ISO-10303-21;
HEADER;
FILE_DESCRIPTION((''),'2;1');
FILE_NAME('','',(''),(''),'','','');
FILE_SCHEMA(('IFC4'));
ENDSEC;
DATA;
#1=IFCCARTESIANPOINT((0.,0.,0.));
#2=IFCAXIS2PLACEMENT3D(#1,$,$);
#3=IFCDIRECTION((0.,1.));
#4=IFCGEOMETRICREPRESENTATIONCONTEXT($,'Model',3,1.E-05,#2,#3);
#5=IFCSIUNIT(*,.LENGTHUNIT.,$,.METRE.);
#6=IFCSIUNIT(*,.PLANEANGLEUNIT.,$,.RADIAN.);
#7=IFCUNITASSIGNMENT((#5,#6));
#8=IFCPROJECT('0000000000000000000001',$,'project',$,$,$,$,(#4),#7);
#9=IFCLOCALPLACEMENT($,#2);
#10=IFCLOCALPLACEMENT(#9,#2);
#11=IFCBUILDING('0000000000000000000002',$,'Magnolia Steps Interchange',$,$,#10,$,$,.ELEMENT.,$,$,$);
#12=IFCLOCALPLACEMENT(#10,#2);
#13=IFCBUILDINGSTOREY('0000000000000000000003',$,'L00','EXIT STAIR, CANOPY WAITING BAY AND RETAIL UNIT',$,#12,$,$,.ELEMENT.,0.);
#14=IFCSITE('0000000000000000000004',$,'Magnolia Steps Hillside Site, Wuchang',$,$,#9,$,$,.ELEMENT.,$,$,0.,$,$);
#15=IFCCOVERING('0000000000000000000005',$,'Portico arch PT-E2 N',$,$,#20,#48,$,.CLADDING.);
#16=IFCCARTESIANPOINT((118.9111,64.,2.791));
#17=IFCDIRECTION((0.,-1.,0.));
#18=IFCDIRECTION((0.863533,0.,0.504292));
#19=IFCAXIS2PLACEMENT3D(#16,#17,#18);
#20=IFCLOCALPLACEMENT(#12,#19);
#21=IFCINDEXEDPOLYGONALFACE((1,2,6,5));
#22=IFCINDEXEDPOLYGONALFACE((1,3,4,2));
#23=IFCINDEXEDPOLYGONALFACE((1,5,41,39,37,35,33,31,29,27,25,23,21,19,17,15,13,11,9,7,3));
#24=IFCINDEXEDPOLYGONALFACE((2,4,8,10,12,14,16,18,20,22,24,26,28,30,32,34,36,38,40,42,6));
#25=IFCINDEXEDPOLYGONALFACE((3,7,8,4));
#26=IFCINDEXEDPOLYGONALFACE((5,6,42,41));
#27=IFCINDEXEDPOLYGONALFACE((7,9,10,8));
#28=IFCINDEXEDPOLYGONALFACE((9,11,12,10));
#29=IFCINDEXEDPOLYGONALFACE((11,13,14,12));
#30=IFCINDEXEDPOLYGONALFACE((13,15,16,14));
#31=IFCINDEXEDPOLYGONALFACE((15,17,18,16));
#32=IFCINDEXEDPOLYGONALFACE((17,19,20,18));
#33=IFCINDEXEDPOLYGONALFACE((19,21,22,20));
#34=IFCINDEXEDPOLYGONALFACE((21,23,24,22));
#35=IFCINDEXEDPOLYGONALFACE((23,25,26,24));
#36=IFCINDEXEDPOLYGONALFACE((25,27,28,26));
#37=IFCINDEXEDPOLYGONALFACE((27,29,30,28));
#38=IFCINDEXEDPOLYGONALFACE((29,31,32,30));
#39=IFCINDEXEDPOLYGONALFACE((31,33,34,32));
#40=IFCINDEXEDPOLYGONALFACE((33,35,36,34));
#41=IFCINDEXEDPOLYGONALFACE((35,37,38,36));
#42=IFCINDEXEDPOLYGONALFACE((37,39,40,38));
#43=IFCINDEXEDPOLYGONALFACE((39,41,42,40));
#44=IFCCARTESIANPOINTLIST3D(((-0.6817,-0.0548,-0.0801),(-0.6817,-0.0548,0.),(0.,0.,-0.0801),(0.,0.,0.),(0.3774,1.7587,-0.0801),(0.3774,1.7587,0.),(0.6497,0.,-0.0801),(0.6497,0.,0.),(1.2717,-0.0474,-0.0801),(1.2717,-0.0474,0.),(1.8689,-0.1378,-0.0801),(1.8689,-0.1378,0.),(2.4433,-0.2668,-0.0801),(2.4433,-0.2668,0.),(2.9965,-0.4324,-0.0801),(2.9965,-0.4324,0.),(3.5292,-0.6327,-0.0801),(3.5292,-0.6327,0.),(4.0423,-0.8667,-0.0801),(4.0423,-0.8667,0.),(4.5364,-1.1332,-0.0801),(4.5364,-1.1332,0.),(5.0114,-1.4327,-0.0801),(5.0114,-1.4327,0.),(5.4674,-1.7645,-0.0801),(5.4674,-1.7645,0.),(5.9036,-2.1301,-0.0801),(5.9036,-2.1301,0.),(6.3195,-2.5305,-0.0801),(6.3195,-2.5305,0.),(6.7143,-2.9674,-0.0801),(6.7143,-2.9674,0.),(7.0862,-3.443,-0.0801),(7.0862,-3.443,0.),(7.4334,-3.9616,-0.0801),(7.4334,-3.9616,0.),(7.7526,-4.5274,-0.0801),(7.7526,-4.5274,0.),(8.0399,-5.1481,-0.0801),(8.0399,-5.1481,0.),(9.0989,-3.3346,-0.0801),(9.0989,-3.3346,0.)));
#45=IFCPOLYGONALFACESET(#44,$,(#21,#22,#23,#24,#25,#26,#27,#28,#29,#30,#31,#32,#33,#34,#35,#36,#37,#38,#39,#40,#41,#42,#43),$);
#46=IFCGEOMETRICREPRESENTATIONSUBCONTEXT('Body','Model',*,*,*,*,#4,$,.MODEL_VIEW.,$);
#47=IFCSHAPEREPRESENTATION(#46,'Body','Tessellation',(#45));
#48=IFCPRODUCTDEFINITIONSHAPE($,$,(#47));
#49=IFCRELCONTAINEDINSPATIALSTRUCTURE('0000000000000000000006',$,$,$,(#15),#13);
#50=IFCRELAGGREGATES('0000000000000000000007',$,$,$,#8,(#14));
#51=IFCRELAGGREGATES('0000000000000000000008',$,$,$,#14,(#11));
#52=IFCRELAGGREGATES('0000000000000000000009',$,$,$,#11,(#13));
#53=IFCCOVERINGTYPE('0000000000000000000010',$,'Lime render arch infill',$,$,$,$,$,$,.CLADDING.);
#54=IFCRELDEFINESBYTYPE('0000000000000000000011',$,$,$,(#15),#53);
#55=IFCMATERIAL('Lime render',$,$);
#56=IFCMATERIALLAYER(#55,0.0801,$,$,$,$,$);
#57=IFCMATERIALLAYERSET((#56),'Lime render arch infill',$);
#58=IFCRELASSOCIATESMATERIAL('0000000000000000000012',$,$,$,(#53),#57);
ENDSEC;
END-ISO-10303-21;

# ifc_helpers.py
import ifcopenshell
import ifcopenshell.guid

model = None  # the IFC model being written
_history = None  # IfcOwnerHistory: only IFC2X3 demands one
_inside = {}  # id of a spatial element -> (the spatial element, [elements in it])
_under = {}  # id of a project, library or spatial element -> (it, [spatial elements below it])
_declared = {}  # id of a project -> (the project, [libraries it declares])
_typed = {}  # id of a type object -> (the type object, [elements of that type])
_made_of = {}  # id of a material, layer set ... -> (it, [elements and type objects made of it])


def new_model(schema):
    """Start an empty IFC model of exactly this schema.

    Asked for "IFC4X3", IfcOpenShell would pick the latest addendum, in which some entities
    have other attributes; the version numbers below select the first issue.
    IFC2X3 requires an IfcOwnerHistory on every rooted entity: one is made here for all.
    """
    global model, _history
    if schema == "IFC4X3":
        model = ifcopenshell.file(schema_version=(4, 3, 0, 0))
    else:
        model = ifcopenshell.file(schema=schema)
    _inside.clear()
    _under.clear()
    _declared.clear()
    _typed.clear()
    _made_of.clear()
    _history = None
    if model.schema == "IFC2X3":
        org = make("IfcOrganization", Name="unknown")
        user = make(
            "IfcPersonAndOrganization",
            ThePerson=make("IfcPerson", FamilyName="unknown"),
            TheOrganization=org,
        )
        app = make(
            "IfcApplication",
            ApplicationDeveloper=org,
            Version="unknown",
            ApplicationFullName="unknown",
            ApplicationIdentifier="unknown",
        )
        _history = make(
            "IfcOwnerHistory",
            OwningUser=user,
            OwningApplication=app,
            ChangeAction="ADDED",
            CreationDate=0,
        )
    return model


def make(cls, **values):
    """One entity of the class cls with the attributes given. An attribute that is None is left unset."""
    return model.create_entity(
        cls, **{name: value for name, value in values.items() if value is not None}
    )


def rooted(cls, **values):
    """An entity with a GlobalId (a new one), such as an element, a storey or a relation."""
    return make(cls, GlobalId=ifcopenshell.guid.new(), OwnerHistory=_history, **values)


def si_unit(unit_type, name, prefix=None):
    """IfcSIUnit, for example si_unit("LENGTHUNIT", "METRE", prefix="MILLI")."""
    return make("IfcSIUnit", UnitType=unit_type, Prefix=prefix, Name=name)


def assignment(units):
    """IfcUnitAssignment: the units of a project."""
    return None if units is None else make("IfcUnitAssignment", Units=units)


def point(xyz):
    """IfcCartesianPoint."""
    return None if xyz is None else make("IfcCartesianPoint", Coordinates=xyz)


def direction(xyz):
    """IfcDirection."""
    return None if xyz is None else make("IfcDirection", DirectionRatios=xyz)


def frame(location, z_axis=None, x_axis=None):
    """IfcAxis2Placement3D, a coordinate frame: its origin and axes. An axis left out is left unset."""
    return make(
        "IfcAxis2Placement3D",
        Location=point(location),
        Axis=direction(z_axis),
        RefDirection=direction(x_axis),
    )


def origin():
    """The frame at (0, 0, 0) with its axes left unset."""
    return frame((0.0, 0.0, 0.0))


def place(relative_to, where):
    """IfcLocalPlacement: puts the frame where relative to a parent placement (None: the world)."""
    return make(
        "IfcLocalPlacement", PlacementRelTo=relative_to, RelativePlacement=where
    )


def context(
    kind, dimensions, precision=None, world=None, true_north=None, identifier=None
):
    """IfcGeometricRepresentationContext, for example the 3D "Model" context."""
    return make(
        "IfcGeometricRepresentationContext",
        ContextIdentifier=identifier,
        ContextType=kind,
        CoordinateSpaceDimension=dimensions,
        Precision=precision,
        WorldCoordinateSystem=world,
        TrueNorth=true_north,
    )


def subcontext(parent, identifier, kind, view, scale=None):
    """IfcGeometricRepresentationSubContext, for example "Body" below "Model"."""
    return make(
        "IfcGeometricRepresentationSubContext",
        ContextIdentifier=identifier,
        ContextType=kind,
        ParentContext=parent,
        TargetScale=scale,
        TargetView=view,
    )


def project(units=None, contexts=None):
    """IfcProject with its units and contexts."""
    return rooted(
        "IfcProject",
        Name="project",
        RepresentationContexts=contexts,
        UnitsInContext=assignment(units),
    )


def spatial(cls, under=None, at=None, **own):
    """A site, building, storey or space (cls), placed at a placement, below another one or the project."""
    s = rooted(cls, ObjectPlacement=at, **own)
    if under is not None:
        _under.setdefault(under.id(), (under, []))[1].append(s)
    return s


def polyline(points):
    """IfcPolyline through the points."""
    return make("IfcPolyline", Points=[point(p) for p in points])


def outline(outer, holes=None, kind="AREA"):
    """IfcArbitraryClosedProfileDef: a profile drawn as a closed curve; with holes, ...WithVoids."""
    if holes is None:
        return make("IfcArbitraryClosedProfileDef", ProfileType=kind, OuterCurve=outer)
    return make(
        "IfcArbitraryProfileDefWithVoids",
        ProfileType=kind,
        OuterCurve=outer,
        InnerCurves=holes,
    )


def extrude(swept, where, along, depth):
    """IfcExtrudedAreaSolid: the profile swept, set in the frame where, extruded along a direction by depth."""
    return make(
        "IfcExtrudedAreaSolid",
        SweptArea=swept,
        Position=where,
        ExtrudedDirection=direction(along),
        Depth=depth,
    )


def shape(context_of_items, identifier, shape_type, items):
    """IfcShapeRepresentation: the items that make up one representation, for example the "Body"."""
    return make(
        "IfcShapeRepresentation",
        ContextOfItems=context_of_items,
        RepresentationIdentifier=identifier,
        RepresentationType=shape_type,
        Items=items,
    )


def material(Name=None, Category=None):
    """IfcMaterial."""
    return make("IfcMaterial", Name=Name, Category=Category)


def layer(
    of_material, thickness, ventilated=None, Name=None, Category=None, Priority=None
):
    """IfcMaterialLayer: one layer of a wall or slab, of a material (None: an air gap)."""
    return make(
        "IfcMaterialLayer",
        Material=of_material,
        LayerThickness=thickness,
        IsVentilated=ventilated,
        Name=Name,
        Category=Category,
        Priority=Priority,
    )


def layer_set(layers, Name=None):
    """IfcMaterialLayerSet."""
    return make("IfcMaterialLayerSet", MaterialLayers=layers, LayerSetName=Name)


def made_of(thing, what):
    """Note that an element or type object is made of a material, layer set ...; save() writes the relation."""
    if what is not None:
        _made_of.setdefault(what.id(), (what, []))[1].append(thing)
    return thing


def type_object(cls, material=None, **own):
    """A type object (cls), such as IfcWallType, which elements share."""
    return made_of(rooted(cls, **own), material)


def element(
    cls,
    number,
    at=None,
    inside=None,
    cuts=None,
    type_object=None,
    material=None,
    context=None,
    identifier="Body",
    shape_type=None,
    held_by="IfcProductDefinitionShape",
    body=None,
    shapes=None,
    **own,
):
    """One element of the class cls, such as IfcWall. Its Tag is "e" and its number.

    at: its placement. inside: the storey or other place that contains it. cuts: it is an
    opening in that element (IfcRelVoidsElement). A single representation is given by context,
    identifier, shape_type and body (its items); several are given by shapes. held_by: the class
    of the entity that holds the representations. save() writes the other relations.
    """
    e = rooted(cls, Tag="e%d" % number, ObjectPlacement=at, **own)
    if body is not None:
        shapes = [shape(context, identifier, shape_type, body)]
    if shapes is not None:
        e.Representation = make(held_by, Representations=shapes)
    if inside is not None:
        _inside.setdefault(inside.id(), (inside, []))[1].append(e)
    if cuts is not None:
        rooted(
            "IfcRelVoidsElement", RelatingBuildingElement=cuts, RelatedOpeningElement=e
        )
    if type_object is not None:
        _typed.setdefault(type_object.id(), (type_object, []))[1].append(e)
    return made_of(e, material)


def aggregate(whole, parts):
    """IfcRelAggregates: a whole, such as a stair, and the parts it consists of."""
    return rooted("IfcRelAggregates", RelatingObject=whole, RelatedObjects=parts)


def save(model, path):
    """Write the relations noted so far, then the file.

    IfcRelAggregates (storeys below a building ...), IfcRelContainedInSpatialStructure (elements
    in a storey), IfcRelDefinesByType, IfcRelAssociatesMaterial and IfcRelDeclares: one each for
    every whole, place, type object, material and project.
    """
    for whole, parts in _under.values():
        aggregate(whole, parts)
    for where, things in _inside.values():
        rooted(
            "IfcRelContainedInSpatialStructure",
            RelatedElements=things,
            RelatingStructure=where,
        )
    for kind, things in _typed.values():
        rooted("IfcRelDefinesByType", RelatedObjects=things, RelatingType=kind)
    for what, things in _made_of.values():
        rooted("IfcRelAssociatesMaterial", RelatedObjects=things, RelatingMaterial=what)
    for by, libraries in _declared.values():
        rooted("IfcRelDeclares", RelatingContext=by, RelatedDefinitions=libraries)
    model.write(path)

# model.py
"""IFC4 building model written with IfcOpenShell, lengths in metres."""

from ifc_helpers import new_model, si_unit, direction, frame, origin, place, context, subcontext, project, spatial, polyline, outline, extrude, material, layer, layer_set, type_object, element, save


model = new_model("IFC4")

# Units and contexts
model_context = context("Model", 3, precision=1e-05, world=origin(), true_north=direction((0.0, 1.0)))
body_context = subcontext(model_context, "Body", "Model", "MODEL_VIEW")
ifc_project = project(units=[si_unit("LENGTHUNIT", "METRE"), si_unit("PLANEANGLEUNIT", "RADIAN")], contexts=[model_context])

# Site, building, storey
site_placement = place(None, origin())
site = spatial("IfcSite", under=ifc_project, at=site_placement, Name="Magnolia Steps Hillside Site, Wuchang", CompositionType="ELEMENT", RefElevation=0.0)
building_placement = place(site_placement, origin())
building = spatial("IfcBuilding", under=site, at=building_placement, Name="Magnolia Steps Interchange", CompositionType="ELEMENT")
storey_placement = place(building_placement, origin())
storey = spatial("IfcBuildingStorey", under=building, at=storey_placement, Name="L00", Description="EXIT STAIR, CANOPY WAITING BAY AND RETAIL UNIT", CompositionType="ELEMENT", Elevation=0.0)

# Covering
ifc_material_1 = material(Name="Lime render")
ifc_layer_1 = layer(ifc_material_1, 0.0801)
ifc_layer_set_1 = layer_set([ifc_layer_1], Name="Lime render arch infill")
covering_type_1 = type_object("IfcCoveringType", Name="Lime render arch infill", PredefinedType="CLADDING", material=ifc_layer_set_1)
covering_1_placement = place(storey_placement, frame((118.9111, 64.0, 2.791), z_axis=(0.0, -1.0, 0.0), x_axis=(0.863533, 0.0, 0.504292)))
element("IfcCovering", 1, at=covering_1_placement, inside=storey, type_object=covering_type_1, Name="Portico arch PT-E2 N", PredefinedType="CLADDING", context=body_context, shape_type="SweptSolid", body=[
    extrude(outline(polyline([(0.0, 0.0), (0.6497, 0.0), (1.2717, -0.0474), (1.8689, -0.1378), (2.4433, -0.2668), (2.9965, -0.4324), (3.5292, -0.6327), (4.0423, -0.8667), (4.5364, -1.1332), (5.0114, -1.4327), (5.4674, -1.7645), (5.9036, -2.1301), (6.3195, -2.5305), (6.7143, -2.9674), (7.0862, -3.443), (7.4334, -3.9616), (7.7526, -4.5274), (8.0399, -5.1481), (9.0989, -3.3346), (0.3774, 1.7587), (-0.6817, -0.0548), (0.0, 0.0)])), origin(), (0.0, 0.0, -1.0), 0.0801),
])

save(model, "model.ifc")
